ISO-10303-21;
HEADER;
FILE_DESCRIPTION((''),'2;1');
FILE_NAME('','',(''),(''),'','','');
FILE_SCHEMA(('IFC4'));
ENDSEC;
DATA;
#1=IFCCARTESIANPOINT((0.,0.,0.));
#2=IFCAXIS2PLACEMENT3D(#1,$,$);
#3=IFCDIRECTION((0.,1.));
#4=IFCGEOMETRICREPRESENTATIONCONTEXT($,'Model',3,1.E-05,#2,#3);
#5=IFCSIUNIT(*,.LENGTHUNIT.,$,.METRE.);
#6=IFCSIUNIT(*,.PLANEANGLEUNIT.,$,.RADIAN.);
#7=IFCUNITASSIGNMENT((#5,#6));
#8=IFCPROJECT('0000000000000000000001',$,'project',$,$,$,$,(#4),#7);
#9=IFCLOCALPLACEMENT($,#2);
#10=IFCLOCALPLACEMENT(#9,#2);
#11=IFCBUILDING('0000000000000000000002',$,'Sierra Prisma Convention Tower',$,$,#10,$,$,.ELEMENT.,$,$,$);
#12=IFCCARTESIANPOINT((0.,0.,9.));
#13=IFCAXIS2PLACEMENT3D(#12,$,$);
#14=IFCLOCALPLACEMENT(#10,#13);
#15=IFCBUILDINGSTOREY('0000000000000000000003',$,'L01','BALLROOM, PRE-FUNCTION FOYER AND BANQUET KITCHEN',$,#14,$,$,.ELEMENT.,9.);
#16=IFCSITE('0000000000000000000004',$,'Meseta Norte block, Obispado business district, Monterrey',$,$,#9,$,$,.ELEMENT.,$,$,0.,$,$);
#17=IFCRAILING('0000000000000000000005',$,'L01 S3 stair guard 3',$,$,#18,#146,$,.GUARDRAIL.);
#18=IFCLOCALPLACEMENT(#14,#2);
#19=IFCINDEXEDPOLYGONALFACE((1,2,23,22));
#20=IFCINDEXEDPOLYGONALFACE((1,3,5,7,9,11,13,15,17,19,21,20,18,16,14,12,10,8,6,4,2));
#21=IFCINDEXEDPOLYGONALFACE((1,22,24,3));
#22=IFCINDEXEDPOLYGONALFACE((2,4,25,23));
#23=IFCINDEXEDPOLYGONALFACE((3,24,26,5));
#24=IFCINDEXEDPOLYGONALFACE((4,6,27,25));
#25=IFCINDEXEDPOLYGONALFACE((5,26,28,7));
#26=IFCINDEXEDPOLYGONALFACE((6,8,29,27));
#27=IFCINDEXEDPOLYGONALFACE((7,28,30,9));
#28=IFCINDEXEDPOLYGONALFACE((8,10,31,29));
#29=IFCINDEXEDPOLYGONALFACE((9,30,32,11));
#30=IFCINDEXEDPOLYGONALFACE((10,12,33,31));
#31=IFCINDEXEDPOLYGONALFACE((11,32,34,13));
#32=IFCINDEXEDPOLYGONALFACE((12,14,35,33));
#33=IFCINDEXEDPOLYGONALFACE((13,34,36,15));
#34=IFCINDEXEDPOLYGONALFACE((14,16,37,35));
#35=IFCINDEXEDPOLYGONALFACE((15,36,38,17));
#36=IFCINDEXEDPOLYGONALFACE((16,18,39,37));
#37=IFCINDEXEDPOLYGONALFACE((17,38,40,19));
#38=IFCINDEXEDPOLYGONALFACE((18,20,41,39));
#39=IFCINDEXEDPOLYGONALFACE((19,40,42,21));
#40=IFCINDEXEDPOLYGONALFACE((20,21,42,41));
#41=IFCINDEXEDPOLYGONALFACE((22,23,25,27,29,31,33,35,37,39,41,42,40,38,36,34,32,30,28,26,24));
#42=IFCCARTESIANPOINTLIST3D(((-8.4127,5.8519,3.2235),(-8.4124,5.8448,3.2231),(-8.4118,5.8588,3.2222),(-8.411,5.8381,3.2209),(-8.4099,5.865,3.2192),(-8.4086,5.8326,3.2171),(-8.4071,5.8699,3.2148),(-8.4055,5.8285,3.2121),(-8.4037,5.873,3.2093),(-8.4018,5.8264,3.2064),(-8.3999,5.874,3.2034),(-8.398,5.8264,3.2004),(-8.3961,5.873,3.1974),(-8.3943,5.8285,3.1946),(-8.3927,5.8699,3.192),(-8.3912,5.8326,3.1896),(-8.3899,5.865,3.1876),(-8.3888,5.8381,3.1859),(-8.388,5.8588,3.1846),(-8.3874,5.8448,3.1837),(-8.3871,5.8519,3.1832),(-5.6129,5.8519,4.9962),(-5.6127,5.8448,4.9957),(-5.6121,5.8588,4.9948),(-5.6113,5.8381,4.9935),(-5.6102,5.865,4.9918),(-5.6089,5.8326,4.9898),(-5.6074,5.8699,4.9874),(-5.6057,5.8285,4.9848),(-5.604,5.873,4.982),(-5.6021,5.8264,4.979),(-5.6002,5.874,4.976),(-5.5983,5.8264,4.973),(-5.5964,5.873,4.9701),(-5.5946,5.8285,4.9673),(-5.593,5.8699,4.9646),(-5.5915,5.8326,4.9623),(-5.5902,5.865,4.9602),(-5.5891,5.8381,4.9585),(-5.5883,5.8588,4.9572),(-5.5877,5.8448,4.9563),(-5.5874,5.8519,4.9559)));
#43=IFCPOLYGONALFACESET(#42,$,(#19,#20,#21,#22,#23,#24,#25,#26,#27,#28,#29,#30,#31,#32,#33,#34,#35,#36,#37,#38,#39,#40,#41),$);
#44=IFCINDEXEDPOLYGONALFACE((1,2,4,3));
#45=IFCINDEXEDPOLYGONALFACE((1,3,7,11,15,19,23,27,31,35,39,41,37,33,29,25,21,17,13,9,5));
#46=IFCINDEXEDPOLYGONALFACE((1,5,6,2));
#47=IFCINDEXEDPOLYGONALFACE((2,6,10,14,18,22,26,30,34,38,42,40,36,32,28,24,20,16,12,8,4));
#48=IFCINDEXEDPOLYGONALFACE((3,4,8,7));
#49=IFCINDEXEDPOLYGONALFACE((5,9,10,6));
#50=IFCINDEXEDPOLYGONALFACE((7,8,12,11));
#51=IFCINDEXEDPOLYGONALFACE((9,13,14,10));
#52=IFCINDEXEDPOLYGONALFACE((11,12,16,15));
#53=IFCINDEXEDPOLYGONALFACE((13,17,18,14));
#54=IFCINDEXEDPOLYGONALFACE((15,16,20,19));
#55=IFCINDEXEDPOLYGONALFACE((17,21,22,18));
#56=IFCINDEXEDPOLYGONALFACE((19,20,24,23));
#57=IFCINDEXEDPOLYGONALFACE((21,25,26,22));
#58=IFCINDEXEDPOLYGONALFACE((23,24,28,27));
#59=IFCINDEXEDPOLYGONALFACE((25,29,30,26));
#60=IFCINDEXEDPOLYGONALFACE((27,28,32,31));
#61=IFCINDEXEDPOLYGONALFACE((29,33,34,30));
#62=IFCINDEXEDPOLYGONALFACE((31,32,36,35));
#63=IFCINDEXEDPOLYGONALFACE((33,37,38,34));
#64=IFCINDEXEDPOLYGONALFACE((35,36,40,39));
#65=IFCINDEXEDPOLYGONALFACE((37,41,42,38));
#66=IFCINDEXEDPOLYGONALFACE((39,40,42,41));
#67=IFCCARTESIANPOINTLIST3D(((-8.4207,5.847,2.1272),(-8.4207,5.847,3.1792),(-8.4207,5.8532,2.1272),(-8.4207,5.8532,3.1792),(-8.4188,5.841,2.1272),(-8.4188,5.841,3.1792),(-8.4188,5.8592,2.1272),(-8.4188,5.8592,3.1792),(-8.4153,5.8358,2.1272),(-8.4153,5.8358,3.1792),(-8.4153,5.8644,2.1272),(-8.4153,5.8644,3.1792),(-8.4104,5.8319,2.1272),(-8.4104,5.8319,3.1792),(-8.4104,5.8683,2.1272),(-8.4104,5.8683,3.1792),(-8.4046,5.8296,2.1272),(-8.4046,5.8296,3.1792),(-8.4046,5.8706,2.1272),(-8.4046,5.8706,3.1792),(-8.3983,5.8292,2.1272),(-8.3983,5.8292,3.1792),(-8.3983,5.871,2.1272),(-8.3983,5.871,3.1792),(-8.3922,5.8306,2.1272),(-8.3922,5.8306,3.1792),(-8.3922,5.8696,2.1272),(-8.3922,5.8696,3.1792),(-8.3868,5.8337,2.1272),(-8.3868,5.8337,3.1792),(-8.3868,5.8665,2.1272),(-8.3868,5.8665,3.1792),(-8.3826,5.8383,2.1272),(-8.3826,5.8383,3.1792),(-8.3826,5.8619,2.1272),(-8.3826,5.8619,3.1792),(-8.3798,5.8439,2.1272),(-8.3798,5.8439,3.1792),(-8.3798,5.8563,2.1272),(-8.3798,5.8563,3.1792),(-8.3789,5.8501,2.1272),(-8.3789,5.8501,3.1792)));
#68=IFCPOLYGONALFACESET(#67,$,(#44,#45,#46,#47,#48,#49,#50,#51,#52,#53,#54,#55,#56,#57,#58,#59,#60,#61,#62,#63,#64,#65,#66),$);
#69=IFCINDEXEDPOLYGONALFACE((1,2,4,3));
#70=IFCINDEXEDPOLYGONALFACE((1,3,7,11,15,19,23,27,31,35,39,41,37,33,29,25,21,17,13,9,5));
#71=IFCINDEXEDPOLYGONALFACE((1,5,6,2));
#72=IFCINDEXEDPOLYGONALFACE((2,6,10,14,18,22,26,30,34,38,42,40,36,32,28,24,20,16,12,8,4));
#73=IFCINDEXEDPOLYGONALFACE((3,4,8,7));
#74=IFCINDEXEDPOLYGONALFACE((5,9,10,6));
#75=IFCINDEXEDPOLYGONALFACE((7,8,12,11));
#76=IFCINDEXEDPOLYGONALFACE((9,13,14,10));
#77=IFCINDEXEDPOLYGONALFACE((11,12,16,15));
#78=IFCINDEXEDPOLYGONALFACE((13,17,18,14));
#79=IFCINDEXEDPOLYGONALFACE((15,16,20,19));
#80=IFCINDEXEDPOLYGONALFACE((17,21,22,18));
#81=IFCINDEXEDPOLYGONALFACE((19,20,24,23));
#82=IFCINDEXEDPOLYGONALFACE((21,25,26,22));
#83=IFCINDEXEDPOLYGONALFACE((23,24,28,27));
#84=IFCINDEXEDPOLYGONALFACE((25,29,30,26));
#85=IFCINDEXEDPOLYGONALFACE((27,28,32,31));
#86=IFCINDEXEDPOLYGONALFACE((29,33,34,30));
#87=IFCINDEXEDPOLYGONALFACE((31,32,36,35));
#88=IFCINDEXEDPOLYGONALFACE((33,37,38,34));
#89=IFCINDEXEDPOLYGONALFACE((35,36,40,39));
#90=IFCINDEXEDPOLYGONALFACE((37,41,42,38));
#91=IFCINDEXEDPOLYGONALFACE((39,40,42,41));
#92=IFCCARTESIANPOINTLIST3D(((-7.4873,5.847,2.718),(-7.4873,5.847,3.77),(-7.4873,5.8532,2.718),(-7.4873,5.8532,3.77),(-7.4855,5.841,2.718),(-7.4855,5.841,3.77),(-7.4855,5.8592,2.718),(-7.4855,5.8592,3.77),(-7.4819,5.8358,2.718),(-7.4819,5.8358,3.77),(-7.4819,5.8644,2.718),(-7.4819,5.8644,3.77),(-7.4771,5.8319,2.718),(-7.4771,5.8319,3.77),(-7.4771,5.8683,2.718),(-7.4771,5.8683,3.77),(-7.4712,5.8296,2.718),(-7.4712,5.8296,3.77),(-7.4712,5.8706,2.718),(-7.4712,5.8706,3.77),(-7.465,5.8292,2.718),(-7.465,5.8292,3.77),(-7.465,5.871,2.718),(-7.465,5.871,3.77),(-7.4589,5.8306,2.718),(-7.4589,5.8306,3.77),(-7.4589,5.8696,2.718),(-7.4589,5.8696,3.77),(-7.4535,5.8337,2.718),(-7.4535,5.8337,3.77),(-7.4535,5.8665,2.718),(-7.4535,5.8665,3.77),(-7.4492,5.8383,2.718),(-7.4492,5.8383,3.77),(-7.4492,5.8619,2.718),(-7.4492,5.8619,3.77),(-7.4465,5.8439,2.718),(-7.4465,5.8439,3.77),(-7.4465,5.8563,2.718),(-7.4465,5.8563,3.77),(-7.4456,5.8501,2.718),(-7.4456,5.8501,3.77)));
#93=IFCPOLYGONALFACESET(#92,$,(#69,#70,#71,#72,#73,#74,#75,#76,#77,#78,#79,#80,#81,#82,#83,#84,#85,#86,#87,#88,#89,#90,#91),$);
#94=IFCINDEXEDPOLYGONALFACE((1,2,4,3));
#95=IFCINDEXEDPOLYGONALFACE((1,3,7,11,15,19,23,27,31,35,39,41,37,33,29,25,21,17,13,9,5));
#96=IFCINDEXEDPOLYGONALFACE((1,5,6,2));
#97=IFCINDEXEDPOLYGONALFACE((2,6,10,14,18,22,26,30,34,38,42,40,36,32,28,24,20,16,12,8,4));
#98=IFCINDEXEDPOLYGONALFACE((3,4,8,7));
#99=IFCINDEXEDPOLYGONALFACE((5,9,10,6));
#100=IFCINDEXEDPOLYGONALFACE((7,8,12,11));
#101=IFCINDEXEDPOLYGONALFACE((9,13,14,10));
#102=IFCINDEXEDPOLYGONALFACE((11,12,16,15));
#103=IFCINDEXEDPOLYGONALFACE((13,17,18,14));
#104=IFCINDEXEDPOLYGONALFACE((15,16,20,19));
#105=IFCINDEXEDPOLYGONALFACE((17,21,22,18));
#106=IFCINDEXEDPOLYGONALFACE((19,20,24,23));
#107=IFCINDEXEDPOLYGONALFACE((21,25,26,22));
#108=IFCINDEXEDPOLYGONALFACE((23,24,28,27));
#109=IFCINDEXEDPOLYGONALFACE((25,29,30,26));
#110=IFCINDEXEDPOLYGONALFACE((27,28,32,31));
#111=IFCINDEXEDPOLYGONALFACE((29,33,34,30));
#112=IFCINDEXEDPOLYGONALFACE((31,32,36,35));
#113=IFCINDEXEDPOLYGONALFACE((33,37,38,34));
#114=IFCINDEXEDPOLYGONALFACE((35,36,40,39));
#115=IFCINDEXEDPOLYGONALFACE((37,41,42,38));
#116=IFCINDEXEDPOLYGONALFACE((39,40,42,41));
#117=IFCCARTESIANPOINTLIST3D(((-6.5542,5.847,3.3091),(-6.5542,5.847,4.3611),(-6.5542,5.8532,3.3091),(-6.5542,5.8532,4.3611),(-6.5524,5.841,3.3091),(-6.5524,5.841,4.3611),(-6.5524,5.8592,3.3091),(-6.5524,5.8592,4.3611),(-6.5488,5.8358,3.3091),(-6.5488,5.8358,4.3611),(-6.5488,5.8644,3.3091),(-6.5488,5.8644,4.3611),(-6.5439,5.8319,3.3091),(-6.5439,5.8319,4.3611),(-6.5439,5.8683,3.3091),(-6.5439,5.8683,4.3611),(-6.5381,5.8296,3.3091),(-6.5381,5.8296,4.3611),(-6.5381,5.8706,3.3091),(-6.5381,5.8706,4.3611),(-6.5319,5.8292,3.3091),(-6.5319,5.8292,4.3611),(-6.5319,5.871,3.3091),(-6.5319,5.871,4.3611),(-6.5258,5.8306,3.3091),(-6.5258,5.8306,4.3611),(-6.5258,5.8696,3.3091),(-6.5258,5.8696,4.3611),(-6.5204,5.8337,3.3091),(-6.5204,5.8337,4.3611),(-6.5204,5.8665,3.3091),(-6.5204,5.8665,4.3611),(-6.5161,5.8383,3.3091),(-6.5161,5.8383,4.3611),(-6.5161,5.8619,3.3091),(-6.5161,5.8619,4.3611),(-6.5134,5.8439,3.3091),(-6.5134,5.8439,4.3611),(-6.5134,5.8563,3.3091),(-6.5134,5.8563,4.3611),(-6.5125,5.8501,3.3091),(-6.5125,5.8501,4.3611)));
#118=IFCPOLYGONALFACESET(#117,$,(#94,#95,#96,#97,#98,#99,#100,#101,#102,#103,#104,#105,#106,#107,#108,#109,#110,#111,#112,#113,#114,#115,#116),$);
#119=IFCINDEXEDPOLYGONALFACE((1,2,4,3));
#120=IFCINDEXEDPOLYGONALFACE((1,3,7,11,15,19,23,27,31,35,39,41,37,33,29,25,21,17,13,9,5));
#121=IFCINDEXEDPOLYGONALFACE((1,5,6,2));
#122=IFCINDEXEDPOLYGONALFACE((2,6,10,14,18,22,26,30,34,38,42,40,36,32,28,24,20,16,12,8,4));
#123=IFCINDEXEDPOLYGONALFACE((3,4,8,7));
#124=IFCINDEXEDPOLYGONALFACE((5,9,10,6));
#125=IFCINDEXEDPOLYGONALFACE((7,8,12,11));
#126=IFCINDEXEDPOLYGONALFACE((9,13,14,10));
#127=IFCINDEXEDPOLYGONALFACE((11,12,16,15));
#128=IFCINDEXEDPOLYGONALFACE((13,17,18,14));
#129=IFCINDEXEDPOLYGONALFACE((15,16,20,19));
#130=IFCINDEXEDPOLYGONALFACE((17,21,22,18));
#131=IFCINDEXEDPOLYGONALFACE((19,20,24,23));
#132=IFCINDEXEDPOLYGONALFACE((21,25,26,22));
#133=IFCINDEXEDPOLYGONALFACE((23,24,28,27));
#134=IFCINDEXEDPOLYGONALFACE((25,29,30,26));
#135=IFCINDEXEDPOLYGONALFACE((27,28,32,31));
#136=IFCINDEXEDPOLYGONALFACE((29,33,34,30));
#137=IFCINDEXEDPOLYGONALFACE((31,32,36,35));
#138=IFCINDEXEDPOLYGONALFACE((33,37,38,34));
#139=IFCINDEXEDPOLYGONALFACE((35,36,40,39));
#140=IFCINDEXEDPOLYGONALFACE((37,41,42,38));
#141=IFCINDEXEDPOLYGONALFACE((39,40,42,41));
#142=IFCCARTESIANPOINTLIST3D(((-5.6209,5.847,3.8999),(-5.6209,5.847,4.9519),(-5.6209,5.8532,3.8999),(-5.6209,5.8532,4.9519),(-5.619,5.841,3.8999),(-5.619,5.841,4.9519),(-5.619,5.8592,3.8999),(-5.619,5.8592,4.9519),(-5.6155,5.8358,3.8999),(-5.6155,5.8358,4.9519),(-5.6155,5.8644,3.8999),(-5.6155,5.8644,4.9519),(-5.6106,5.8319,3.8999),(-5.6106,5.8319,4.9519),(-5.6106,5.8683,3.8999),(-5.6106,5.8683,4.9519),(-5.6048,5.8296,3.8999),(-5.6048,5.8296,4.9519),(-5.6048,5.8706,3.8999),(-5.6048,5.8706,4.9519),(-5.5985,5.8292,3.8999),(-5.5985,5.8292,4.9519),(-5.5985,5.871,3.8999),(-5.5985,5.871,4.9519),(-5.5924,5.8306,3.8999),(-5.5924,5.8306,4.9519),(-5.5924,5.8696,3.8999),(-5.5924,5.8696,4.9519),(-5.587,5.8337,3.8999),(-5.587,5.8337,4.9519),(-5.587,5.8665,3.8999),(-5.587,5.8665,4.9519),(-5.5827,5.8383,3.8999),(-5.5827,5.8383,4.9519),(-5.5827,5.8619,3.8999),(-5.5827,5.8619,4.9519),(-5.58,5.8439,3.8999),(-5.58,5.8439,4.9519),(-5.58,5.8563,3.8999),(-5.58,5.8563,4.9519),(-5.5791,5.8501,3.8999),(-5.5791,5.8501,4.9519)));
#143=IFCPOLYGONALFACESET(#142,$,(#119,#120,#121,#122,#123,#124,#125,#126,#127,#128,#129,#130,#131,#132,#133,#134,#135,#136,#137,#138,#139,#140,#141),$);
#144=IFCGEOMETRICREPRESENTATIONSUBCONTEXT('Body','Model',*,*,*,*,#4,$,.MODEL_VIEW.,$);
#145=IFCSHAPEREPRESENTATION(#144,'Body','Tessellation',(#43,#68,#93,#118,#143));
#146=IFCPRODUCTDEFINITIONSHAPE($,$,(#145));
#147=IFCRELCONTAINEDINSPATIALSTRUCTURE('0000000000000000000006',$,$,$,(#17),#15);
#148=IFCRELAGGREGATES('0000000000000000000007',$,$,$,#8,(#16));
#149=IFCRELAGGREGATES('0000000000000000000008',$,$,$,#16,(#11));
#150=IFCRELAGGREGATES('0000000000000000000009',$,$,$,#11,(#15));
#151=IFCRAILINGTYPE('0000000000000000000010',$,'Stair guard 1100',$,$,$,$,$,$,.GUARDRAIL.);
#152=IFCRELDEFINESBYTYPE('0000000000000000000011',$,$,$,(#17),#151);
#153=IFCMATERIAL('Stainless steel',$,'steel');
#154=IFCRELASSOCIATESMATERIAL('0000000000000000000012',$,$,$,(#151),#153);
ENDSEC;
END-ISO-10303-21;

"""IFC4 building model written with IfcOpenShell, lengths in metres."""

from ifc_helpers import new_model, si_unit, direction, frame, origin, origin_2d, place, context, subcontext, project, spatial, circle, extrude, material, type_object, element, save


model = new_model("IFC4")

# Units and contexts
model_context = context("Model", 3, precision=1e-05, world=origin(), true_north=direction((0.0, 1.0)))
body_context = subcontext(model_context, "Body", "Model", "MODEL_VIEW")
ifc_project = project(units=[si_unit("LENGTHUNIT", "METRE"), si_unit("PLANEANGLEUNIT", "RADIAN")], contexts=[model_context])

# Site, building, storey
site_placement = place(None, origin())
site = spatial("IfcSite", under=ifc_project, at=site_placement, Name="Meseta Norte block, Obispado business district, Monterrey", CompositionType="ELEMENT", RefElevation=0.0)
building_placement = place(site_placement, origin())
building = spatial("IfcBuilding", under=site, at=building_placement, Name="Sierra Prisma Convention Tower", CompositionType="ELEMENT")
storey_placement = place(building_placement, frame((0.0, 0.0, 9.0)))
storey = spatial("IfcBuildingStorey", under=building, at=storey_placement, Name="L01", Description="BALLROOM, PRE-FUNCTION FOYER AND BANQUET KITCHEN", CompositionType="ELEMENT", Elevation=9.0)

# Railing
ifc_material_1 = material(Name="Stainless steel", Category="steel")
railing_type_1 = type_object("IfcRailingType", Name="Stair guard 1100", PredefinedType="GUARDRAIL", material=ifc_material_1)
railing_1_placement = place(storey_placement, frame((-8.3999, 5.8501, 2.1272)))
element("IfcRailing", 1, at=railing_1_placement, inside=storey, type_object=railing_type_1, Name="L01 S3 stair guard 3", PredefinedType="GUARDRAIL", context=body_context, shape_type="SweptSolid", body=[
    extrude(circle(Radius=0.0239, at=origin_2d()), frame((0.0, 0.0, 1.0762), z_axis=(0.844888, 0.0, 0.534943), x_axis=(0.0, 1.0, 0.0)), (0.0, 0.0, 1.0), 3.3137),
    extrude(circle(Radius=0.021, at=origin_2d()), origin(), (0.0, 0.0, 1.0), 1.052),
    extrude(circle(Radius=0.021, at=origin_2d()), frame((0.9333, 0.0, 0.5908)), (0.0, 0.0, 1.0), 1.052),
    extrude(circle(Radius=0.021, at=origin_2d()), frame((1.8665, 0.0, 1.1819)), (0.0, 0.0, 1.0), 1.052),
    extrude(circle(Radius=0.021, at=origin_2d()), frame((2.7998, 0.0, 1.7727)), (0.0, 0.0, 1.0), 1.052),
])

save(model, "model.ifc")
